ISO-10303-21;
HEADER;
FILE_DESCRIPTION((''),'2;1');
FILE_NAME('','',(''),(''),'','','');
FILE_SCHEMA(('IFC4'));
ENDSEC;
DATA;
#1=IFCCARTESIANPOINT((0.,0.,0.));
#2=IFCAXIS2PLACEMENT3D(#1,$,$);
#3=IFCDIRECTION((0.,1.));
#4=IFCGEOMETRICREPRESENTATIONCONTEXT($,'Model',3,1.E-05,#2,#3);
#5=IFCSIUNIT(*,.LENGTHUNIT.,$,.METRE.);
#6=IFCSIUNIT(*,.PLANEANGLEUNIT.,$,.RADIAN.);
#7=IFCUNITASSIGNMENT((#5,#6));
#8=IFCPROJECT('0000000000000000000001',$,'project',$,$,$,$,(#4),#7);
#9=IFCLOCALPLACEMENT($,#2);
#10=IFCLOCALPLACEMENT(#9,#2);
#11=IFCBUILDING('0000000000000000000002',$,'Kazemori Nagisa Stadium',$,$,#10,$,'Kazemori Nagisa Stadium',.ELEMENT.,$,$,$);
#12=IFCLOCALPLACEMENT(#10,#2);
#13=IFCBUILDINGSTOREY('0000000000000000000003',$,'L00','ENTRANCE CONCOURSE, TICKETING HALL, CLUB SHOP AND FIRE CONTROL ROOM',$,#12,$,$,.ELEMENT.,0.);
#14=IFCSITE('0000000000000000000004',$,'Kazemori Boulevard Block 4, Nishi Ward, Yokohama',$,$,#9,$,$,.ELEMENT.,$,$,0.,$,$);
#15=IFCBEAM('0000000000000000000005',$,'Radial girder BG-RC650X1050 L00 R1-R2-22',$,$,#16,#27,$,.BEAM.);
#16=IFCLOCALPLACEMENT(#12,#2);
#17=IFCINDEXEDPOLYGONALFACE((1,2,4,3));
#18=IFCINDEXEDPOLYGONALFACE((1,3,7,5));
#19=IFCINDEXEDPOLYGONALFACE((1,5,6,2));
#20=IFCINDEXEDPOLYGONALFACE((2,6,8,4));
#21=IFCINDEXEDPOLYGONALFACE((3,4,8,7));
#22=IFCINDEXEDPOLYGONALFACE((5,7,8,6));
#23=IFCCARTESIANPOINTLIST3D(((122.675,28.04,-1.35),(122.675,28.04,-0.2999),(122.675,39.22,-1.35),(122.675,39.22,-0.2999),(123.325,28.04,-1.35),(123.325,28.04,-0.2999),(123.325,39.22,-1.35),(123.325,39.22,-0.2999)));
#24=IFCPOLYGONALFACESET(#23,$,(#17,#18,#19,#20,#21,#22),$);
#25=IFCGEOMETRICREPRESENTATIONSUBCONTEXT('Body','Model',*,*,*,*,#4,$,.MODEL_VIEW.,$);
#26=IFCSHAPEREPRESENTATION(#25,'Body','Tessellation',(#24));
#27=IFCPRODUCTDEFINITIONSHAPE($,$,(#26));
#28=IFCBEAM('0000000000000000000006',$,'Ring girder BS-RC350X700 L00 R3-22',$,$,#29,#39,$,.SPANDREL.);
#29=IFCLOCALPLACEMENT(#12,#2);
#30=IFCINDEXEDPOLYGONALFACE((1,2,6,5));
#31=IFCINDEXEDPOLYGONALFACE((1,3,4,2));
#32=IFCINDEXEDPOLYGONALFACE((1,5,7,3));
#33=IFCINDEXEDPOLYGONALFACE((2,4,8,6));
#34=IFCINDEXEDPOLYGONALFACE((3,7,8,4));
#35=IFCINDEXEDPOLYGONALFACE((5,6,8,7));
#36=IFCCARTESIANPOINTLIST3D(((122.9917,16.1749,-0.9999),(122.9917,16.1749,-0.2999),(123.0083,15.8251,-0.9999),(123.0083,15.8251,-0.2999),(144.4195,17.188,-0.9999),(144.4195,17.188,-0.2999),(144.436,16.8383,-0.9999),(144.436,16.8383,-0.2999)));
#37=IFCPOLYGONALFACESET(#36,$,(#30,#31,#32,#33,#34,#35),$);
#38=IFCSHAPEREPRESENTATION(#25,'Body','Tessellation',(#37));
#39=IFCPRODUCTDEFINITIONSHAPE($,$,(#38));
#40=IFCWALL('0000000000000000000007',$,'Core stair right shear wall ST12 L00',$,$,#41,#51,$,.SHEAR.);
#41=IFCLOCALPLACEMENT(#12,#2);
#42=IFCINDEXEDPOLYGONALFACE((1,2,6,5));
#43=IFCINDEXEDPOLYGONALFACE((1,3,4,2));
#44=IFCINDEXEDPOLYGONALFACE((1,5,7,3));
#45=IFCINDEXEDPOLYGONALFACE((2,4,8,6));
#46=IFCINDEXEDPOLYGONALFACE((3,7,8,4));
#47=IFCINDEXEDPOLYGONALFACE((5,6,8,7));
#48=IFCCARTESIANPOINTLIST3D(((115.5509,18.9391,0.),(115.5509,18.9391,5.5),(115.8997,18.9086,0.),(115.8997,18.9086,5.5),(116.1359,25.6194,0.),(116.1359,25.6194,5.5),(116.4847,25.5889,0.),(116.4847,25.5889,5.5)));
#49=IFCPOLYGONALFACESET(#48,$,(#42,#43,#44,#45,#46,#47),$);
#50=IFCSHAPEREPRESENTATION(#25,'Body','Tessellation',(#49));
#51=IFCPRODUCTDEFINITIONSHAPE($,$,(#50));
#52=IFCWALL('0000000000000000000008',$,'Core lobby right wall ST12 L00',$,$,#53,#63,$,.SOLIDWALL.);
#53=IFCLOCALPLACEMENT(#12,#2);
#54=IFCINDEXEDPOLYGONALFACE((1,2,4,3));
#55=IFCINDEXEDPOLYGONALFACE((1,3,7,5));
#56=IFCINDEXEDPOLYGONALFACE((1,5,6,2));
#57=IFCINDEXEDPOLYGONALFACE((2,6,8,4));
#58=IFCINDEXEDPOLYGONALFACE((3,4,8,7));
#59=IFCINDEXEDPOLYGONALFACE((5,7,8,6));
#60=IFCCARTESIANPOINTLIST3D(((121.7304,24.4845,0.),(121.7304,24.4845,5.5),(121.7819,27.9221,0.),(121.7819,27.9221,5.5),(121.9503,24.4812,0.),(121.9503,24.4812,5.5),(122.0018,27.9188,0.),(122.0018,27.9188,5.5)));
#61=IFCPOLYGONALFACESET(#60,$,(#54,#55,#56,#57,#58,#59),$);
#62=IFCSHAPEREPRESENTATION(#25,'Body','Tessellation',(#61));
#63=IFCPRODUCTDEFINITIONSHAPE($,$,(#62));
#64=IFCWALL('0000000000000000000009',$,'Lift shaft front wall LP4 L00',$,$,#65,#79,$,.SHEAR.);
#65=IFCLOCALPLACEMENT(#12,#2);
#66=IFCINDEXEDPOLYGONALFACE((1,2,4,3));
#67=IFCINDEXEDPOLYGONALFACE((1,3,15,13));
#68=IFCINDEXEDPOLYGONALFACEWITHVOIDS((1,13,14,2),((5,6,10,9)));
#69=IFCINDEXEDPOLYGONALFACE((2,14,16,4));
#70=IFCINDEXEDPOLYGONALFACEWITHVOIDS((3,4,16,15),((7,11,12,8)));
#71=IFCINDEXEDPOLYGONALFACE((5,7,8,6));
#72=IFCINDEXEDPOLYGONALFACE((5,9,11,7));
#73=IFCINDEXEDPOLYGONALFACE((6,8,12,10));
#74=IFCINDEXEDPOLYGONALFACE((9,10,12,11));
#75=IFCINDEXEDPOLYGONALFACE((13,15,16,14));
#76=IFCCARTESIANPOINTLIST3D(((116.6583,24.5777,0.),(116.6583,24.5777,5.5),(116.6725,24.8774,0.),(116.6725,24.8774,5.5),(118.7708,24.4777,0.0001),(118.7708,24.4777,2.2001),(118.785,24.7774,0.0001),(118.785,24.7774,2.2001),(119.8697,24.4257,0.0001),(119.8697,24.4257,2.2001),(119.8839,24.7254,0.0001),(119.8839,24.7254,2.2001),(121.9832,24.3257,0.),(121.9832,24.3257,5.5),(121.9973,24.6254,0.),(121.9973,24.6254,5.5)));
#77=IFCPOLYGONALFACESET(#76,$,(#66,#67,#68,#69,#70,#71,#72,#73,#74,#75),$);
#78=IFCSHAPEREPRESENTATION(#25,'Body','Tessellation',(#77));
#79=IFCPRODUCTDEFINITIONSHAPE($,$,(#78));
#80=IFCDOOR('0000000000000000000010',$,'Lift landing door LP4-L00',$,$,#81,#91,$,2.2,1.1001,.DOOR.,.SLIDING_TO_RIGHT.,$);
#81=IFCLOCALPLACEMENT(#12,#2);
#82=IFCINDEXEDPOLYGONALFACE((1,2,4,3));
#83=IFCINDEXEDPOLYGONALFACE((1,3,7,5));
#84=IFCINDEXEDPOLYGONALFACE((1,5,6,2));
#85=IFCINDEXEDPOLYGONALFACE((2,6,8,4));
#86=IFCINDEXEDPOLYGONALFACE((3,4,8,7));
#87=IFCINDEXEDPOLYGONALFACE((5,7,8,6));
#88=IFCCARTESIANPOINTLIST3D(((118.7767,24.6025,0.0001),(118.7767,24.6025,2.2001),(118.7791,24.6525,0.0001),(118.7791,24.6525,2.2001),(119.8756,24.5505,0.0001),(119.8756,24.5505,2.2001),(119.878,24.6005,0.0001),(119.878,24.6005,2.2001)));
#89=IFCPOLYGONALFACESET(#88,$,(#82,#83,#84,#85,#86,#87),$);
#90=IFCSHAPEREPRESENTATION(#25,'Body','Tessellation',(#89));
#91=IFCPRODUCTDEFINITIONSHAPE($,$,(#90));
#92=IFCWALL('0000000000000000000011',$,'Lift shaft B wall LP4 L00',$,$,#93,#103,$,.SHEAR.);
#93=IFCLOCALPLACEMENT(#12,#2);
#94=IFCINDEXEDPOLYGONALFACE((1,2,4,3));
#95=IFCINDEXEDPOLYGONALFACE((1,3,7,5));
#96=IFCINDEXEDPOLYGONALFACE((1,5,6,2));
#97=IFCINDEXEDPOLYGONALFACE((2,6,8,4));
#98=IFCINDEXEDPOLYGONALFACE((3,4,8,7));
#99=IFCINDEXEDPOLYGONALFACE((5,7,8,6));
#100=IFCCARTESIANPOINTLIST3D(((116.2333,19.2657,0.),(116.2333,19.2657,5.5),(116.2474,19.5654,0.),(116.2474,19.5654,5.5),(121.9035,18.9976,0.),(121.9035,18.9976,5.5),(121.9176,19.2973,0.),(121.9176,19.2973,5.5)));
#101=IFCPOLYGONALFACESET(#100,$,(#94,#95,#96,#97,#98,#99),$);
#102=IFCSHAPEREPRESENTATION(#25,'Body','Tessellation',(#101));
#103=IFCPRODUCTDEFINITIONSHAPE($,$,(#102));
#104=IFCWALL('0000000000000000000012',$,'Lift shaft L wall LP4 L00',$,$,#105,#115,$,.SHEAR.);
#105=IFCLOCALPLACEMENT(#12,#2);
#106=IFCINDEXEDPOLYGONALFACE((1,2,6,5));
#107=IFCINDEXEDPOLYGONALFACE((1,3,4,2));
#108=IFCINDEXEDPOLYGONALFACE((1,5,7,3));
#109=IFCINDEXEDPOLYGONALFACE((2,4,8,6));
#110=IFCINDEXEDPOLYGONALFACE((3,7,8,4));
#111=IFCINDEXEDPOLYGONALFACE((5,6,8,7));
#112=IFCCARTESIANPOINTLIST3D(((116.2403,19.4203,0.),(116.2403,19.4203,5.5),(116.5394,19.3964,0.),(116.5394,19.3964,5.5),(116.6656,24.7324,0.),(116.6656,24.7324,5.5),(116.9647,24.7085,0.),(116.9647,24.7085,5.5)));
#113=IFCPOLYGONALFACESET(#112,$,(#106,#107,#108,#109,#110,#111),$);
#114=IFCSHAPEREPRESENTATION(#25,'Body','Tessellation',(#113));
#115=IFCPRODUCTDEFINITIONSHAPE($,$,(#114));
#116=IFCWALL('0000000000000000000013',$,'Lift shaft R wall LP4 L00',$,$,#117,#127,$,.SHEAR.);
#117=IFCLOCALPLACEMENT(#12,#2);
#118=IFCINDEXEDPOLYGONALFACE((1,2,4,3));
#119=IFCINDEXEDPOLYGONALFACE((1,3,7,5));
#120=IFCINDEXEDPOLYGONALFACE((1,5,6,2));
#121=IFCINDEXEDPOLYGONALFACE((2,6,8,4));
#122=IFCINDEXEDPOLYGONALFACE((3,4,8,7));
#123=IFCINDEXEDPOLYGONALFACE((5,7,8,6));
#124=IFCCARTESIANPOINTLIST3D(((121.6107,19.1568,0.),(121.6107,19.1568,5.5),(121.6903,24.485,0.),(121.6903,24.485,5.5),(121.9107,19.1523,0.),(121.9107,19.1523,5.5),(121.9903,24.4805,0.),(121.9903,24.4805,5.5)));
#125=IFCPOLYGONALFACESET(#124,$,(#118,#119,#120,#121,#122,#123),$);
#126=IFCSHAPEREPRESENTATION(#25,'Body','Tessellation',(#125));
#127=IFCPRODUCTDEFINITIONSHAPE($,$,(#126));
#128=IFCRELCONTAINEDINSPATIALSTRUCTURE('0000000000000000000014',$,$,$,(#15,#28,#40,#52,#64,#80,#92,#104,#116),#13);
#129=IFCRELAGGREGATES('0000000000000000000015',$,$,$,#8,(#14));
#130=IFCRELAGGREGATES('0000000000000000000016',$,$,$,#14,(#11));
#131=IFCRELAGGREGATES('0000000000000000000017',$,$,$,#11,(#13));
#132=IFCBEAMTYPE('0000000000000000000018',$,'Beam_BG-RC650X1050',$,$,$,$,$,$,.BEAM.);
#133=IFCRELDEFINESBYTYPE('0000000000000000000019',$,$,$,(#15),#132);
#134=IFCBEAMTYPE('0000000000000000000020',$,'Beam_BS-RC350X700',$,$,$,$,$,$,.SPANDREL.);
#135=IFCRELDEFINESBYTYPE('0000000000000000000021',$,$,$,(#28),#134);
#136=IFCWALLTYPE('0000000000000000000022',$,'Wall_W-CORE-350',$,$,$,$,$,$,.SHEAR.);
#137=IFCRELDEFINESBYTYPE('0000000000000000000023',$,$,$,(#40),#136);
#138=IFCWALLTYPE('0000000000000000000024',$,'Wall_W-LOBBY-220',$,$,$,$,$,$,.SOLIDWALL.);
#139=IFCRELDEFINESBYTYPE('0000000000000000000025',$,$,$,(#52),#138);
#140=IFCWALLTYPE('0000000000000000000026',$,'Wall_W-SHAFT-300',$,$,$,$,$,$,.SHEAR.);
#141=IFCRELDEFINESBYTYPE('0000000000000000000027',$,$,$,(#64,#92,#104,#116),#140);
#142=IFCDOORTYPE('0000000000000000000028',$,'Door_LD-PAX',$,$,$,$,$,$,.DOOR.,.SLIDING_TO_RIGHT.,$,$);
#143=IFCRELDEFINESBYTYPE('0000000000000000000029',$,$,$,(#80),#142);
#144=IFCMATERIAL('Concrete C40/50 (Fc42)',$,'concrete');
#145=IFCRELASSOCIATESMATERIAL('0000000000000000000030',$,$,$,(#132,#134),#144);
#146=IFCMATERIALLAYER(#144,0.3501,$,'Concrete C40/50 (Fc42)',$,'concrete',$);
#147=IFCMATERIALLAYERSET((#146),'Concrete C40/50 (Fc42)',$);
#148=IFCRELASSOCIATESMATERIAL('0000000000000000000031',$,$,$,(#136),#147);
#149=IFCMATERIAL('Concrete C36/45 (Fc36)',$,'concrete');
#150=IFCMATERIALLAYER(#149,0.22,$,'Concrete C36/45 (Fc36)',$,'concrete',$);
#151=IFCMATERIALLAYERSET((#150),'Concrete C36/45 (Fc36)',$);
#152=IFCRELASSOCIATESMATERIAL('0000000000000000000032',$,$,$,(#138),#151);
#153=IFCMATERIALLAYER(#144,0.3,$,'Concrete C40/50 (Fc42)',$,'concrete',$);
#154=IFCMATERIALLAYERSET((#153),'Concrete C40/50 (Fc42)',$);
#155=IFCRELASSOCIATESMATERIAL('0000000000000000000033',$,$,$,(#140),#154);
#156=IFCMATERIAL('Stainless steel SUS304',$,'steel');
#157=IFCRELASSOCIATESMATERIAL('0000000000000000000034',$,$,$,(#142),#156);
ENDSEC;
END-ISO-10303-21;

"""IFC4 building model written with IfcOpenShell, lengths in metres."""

from ifc_helpers import new_model, si_unit, direction, frame, frame_2d, origin, origin_2d, place, context, subcontext, project, spatial, rectangle, extrude, material, layer, layer_set, material_profile, profile_set, type_object, element, fill, save


model = new_model("IFC4")

# Units and contexts
model_context = context("Model", 3, precision=1e-05, world=origin(), true_north=direction((0.0, 1.0)))
body_context = subcontext(model_context, "Body", "Model", "MODEL_VIEW")
ifc_project = project(units=[si_unit("LENGTHUNIT", "METRE"), si_unit("PLANEANGLEUNIT", "RADIAN")], contexts=[model_context])

# Site, building, storey
site_placement = place(None, origin())
site = spatial("IfcSite", under=ifc_project, at=site_placement, Name="Kazemori Boulevard Block 4, Nishi Ward, Yokohama", CompositionType="ELEMENT", RefElevation=0.0)
building_placement = place(site_placement, origin())
building = spatial("IfcBuilding", under=site, at=building_placement, Name="Kazemori Nagisa Stadium", LongName="Kazemori Nagisa Stadium", CompositionType="ELEMENT")
storey_placement = place(building_placement, origin())
storey = spatial("IfcBuildingStorey", under=building, at=storey_placement, Name="L00", Description="ENTRANCE CONCOURSE, TICKETING HALL, CLUB SHOP AND FIRE CONTROL ROOM", CompositionType="ELEMENT", Elevation=0.0)

# Shared definitions
ifc_material_1 = material(Name="Concrete C40/50 (Fc42)", Category="concrete")

# Beams
ifc_material_profile_1 = material_profile(ifc_material_1, rectangle(XDim=0.6499, YDim=1.05, at=origin_2d()), Name="RC-BM-650x1050")
ifc_profile_set_1 = profile_set([ifc_material_profile_1], Name="Concrete C40/50 (Fc42)")
beam_type_1 = type_object("IfcBeamType", Name="Beam_BG-RC650X1050", PredefinedType="BEAM", material=ifc_profile_set_1)
beam_1_placement = place(storey_placement, frame((123.0, 39.22, -0.825), z_axis=(0.0, -1.0, 0.0), x_axis=(1.0, 0.0, 0.0)))
element("IfcBeam", 1, at=beam_1_placement, inside=storey, type_object=beam_type_1, Name="Radial girder BG-RC650X1050 L00 R1-R2-22", PredefinedType="BEAM", context=body_context, shape_type="SweptSolid", body=[
    extrude(rectangle(XDim=0.6499, YDim=1.05, at=origin_2d()), origin(), (0.0, 0.0, 1.0), 11.1799),
])
ifc_material_profile_2 = material_profile(ifc_material_1, rectangle(XDim=0.3501, YDim=0.7, at=origin_2d()), Name="RC-SP-350x700")
ifc_profile_set_2 = profile_set([ifc_material_profile_2], Name="Concrete C40/50 (Fc42)")
beam_type_2 = type_object("IfcBeamType", Name="Beam_BS-RC350X700", PredefinedType="SPANDREL", material=ifc_profile_set_2)
beam_2_placement = place(storey_placement, frame((123.0, 16.0, -0.6499), z_axis=(0.998884, 0.047231, 0.0), x_axis=(-0.047231, 0.998884, 0.0)))
element("IfcBeam", 2, at=beam_2_placement, inside=storey, type_object=beam_type_2, Name="Ring girder BS-RC350X700 L00 R3-22", PredefinedType="SPANDREL", context=body_context, shape_type="SweptSolid", body=[
    extrude(rectangle(XDim=0.3501, YDim=0.7, at=origin_2d()), origin(), (0.0, 0.0, 1.0), 21.4517),
])

# Walls
ifc_layer_1 = layer(ifc_material_1, 0.3501, Name="Concrete C40/50 (Fc42)", Category="concrete")
ifc_layer_set_1 = layer_set([ifc_layer_1], Name="Concrete C40/50 (Fc42)")
wall_type_1 = type_object("IfcWallType", Name="Wall_W-CORE-350", PredefinedType="SHEAR", material=ifc_layer_set_1)
wall_1_placement = place(storey_placement, frame((116.3103, 25.6042, 0.0), z_axis=(0.0, 0.0, 1.0), x_axis=(-0.087233, -0.996188, 0.0)))
element("IfcWall", 3, at=wall_1_placement, inside=storey, type_object=wall_type_1, Name="Core stair right shear wall ST12 L00", PredefinedType="SHEAR", context=body_context, shape_type="SweptSolid", body=[
    extrude(rectangle(XDim=6.7058, YDim=0.3501, at=frame_2d((3.353, 0.0))), origin(), (0.0, 0.0, 1.0), 5.5),
])
ifc_material_2 = material(Name="Concrete C36/45 (Fc36)", Category="concrete")
ifc_layer_2 = layer(ifc_material_2, 0.22, Name="Concrete C36/45 (Fc36)", Category="concrete")
ifc_layer_set_2 = layer_set([ifc_layer_2], Name="Concrete C36/45 (Fc36)")
wall_type_2 = type_object("IfcWallType", Name="Wall_W-LOBBY-220", PredefinedType="SOLIDWALL", material=ifc_layer_set_2)
wall_2_placement = place(storey_placement, frame((121.8918, 27.9204, 0.0), z_axis=(0.0, 0.0, 1.0), x_axis=(-0.014984, -0.999888, 0.0)))
element("IfcWall", 4, at=wall_2_placement, inside=storey, type_object=wall_type_2, Name="Core lobby right wall ST12 L00", PredefinedType="SOLIDWALL", context=body_context, shape_type="SweptSolid", body=[
    extrude(rectangle(XDim=3.438, YDim=0.22, at=frame_2d((1.719, 0.0))), origin(), (0.0, 0.0, 1.0), 5.5),
])

# Wall, opening, door
ifc_layer_3 = layer(ifc_material_1, 0.3, Name="Concrete C40/50 (Fc42)", Category="concrete")
ifc_layer_set_3 = layer_set([ifc_layer_3], Name="Concrete C40/50 (Fc42)")
wall_type_3 = type_object("IfcWallType", Name="Wall_W-SHAFT-300", PredefinedType="SHEAR", material=ifc_layer_set_3)
wall_3_placement = place(storey_placement, frame((116.6653, 24.7275, 0.0), z_axis=(0.0, 0.0, 1.0), x_axis=(0.998882, -0.047263, 0.0)))
wall_3 = element("IfcWall", 5, at=wall_3_placement, inside=storey, type_object=wall_type_3, Name="Lift shaft front wall LP4 L00", PredefinedType="SHEAR", context=body_context, shape_type="SweptSolid", body=[
    extrude(rectangle(XDim=5.3308, YDim=0.3, at=frame_2d((2.6655, 0.0))), origin(), (0.0, 0.0, 1.0), 5.5),
])
opening_placement = place(wall_3_placement, frame((2.115, 0.0, 0.0)))
opening = element("IfcOpeningElement", 6, at=opening_placement, cuts=wall_3, PredefinedType="OPENING", context=body_context, shape_type="SweptSolid", body=[
    extrude(rectangle(XDim=1.1001, YDim=2.2, at=frame_2d((0.55, 1.1001))), frame((0.0, 0.1599, 0.0), z_axis=(0.0, -1.0, 0.0), x_axis=(1.0, 0.0, 0.0)), (0.0, 0.0, 1.0), 0.3201),
])
ifc_material_3 = material(Name="Stainless steel SUS304", Category="steel")
door_type = type_object("IfcDoorType", Name="Door_LD-PAX", OperationType="SLIDING_TO_RIGHT", PredefinedType="DOOR", material=ifc_material_3)
door_placement = place(opening_placement, origin())
door = element("IfcDoor", 7, at=door_placement, inside=storey, type_object=door_type, Name="Lift landing door LP4-L00", OperationType="SLIDING_TO_RIGHT", OverallHeight=2.2, OverallWidth=1.1001, PredefinedType="DOOR", context=body_context, shape_type="SweptSolid", body=[
    extrude(rectangle(XDim=1.1001, YDim=2.2, at=frame_2d((0.55, 1.1001))), frame((0.0, 0.0249, 0.0), z_axis=(0.0, -1.0, 0.0), x_axis=(1.0, 0.0, 0.0)), (0.0, 0.0, 1.0), 0.05),
])
fill(opening, door)

# Walls
wall_4_placement = place(storey_placement, frame((116.2402, 19.4155, 0.0), z_axis=(0.0, 0.0, 1.0), x_axis=(0.998884, -0.047224, 0.0)))
element("IfcWall", 8, at=wall_4_placement, inside=storey, type_object=wall_type_3, Name="Lift shaft B wall LP4 L00", PredefinedType="SHEAR", context=body_context, shape_type="SweptSolid", body=[
    extrude(rectangle(XDim=5.6765, YDim=0.3, at=frame_2d((2.8384, 0.0))), origin(), (0.0, 0.0, 1.0), 5.5),
])
wall_5_placement = place(storey_placement, frame((116.8152, 24.7205, 0.0), z_axis=(0.0, 0.0, 1.0), x_axis=(-0.079807, -0.99681, 0.0)))
element("IfcWall", 9, at=wall_5_placement, inside=storey, type_object=wall_type_3, Name="Lift shaft L wall LP4 L00", PredefinedType="SHEAR", context=body_context, shape_type="SweptSolid", body=[
    extrude(rectangle(XDim=5.3291, YDim=0.3, at=frame_2d((2.6646, 0.0))), origin(), (0.0, 0.0, 1.0), 5.5),
])
wall_6_placement = place(storey_placement, frame((121.8403, 24.4829, 0.0), z_axis=(0.0, 0.0, 1.0), x_axis=(-0.014935, -0.999888, 0.0)))
element("IfcWall", 10, at=wall_6_placement, inside=storey, type_object=wall_type_3, Name="Lift shaft R wall LP4 L00", PredefinedType="SHEAR", context=body_context, shape_type="SweptSolid", body=[
    extrude(rectangle(XDim=5.3289, YDim=0.3, at=frame_2d((2.6646, 0.0))), origin(), (0.0, 0.0, 1.0), 5.5),
])

save(model, "model.ifc")
